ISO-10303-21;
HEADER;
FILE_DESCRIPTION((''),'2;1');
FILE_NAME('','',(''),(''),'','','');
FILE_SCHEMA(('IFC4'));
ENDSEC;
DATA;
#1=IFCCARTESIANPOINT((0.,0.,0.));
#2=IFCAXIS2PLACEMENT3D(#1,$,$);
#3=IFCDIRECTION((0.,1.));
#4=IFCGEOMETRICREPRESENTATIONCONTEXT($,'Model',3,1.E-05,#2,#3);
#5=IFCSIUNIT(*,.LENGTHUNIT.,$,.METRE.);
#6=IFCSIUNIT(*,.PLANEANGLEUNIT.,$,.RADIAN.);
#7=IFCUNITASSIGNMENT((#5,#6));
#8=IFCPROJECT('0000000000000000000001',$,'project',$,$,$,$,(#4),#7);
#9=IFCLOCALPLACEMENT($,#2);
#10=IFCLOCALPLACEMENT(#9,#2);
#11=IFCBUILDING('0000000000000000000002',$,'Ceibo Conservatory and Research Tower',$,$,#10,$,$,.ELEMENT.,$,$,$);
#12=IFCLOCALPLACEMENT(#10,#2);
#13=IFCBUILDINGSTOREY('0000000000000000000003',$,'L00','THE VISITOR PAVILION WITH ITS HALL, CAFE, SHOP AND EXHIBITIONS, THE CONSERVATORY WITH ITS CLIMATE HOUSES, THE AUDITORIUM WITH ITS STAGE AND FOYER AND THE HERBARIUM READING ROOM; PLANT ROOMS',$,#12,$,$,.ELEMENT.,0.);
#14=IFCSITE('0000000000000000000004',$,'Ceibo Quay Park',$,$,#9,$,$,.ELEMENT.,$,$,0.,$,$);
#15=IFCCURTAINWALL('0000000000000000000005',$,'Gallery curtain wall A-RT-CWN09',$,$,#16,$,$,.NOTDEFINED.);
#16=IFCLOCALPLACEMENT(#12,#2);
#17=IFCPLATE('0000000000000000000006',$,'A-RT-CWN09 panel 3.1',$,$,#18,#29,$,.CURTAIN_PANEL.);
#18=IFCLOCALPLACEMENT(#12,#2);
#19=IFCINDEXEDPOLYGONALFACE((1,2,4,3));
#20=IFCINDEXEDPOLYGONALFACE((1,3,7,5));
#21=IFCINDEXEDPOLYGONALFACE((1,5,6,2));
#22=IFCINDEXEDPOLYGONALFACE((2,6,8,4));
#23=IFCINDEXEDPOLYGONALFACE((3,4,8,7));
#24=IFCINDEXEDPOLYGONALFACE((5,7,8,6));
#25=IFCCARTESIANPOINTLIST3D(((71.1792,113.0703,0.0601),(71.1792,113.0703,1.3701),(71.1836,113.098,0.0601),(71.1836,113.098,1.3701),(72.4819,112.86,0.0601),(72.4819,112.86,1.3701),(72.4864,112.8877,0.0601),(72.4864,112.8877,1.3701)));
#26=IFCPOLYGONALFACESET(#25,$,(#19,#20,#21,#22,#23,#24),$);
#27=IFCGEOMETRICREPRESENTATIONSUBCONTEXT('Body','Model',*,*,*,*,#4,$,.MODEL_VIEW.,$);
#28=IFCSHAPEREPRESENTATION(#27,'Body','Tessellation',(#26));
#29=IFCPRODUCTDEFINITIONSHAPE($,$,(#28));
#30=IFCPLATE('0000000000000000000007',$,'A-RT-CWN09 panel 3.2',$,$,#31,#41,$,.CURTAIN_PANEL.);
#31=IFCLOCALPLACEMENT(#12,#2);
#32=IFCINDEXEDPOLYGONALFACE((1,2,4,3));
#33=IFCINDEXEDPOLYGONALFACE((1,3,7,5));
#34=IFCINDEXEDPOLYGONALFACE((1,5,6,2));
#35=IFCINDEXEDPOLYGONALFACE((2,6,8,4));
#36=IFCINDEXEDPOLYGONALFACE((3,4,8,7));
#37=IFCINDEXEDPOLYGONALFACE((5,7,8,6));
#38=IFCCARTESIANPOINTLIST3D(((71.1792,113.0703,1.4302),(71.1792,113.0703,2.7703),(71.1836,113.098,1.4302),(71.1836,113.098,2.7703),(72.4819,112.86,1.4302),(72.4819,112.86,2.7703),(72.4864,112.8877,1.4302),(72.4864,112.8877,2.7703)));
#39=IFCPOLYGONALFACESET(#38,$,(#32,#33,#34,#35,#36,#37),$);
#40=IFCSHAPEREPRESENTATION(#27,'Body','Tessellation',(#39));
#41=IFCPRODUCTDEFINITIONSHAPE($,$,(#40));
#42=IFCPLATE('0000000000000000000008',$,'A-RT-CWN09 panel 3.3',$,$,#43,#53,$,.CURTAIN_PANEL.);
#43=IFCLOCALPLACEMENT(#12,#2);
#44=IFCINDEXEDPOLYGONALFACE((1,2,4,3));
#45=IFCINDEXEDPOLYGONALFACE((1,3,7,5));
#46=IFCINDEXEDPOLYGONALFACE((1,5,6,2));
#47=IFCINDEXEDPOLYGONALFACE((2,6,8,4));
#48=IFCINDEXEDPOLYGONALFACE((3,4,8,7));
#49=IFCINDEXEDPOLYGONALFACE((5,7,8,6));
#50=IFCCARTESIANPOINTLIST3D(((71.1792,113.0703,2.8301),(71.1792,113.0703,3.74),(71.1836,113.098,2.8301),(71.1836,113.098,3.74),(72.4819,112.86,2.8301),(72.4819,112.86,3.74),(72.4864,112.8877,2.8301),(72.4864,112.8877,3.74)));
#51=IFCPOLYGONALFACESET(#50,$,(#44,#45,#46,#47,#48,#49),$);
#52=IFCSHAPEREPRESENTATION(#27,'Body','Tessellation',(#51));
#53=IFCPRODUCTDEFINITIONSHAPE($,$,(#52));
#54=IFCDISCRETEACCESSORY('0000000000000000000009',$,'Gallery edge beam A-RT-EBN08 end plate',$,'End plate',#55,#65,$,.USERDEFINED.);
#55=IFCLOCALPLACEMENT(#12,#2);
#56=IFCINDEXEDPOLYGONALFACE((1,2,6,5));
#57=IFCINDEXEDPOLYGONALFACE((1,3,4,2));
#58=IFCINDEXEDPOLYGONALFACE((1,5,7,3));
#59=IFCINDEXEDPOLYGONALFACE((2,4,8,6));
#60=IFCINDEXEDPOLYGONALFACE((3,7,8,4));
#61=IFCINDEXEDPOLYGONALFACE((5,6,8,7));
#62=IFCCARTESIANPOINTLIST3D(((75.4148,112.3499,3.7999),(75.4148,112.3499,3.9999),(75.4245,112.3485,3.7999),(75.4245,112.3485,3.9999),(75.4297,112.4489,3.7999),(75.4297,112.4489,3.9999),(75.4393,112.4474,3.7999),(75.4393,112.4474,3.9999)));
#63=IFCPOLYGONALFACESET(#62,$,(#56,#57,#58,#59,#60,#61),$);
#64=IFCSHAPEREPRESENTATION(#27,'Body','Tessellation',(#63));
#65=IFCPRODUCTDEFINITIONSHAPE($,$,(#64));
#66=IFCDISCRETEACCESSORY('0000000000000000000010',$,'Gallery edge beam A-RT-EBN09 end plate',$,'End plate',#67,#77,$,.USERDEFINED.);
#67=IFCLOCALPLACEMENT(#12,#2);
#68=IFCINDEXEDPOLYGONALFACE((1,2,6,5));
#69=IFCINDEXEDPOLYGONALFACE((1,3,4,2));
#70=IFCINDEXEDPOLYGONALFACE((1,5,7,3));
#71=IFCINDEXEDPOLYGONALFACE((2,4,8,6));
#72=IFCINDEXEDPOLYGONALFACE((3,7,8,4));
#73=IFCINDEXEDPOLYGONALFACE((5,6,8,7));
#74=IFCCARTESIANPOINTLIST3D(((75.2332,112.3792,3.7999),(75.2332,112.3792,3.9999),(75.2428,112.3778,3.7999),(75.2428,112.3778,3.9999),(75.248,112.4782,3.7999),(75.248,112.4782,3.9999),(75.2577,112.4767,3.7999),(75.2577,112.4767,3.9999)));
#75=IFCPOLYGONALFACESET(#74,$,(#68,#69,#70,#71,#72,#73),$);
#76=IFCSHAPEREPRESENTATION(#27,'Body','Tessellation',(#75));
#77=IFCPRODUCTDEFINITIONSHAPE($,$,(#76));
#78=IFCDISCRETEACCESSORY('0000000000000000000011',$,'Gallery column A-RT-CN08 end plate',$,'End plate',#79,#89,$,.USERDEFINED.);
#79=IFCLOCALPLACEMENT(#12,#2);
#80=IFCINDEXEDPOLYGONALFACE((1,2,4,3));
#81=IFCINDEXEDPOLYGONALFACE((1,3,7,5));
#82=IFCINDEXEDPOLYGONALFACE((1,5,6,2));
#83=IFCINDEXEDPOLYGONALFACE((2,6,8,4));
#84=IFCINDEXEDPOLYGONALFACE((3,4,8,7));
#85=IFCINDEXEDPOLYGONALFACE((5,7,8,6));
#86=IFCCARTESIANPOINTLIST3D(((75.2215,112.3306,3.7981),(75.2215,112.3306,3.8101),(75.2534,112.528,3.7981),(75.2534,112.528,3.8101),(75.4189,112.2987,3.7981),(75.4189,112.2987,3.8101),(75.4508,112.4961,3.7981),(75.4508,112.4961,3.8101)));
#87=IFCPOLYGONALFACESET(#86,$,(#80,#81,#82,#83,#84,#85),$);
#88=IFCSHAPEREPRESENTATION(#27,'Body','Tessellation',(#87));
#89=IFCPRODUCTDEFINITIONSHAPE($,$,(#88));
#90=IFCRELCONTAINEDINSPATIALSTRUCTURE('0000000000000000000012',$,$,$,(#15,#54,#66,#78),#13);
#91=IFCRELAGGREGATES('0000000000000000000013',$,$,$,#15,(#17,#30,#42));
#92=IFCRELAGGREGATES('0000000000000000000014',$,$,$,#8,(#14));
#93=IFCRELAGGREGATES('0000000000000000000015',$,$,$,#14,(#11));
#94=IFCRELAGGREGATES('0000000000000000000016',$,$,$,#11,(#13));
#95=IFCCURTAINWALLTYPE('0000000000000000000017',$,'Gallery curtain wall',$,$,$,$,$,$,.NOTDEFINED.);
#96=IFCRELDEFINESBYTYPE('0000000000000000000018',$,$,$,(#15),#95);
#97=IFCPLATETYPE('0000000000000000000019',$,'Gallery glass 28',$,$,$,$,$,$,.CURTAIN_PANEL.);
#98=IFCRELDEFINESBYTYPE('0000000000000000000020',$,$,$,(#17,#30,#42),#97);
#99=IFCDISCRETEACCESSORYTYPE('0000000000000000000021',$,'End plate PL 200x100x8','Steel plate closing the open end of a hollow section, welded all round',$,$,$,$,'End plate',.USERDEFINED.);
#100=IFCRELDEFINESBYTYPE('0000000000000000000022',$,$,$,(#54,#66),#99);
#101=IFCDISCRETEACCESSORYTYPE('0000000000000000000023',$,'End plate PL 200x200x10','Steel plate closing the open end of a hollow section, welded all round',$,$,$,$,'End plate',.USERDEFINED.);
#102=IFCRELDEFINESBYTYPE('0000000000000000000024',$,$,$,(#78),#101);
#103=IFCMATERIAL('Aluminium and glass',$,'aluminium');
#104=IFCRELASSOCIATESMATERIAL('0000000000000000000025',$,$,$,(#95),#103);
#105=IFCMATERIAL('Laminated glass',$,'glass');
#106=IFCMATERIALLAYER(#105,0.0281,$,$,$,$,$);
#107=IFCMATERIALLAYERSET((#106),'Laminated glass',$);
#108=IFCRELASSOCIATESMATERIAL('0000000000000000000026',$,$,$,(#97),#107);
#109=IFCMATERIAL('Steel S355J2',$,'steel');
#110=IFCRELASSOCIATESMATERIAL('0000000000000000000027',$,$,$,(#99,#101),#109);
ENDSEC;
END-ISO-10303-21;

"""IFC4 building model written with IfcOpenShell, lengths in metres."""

from ifc_helpers import new_model, si_unit, direction, frame, origin, origin_2d, place, context, subcontext, project, spatial, rectangle, extrude, material, layer, layer_set, material_profile, profile_set, type_object, element, aggregate, save


model = new_model("IFC4")

# Units and contexts
model_context = context("Model", 3, precision=1e-05, world=origin(), true_north=direction((0.0, 1.0)))
body_context = subcontext(model_context, "Body", "Model", "MODEL_VIEW")
ifc_project = project(units=[si_unit("LENGTHUNIT", "METRE"), si_unit("PLANEANGLEUNIT", "RADIAN")], contexts=[model_context])

# Site, building, storey
site_placement = place(None, origin())
site = spatial("IfcSite", under=ifc_project, at=site_placement, Name="Ceibo Quay Park", CompositionType="ELEMENT", RefElevation=0.0)
building_placement = place(site_placement, origin())
building = spatial("IfcBuilding", under=site, at=building_placement, Name="Ceibo Conservatory and Research Tower", CompositionType="ELEMENT")
storey_placement = place(building_placement, origin())
storey = spatial("IfcBuildingStorey", under=building, at=storey_placement, Name="L00", Description="THE VISITOR PAVILION WITH ITS HALL, CAFE, SHOP AND EXHIBITIONS, THE CONSERVATORY WITH ITS CLIMATE HOUSES, THE AUDITORIUM WITH ITS STAGE AND FOYER AND THE HERBARIUM READING ROOM; PLANT ROOMS", CompositionType="ELEMENT", Elevation=0.0)

# Shared definitions
ifc_material_1 = material(Name="Aluminium and glass", Category="aluminium")
curtain_wall_type = type_object("IfcCurtainWallType", Name="Gallery curtain wall", PredefinedType="NOTDEFINED", material=ifc_material_1)

# Curtain wall
curtain_wall_1_placement = place(storey_placement, origin())
curtain_wall_1 = element("IfcCurtainWall", 1, at=curtain_wall_1_placement, inside=storey, type_object=curtain_wall_type, Name="Gallery curtain wall A-RT-CWN09", PredefinedType="NOTDEFINED")

# Shared definitions
ifc_material_2 = material(Name="Steel S355J2", Category="steel")

# Plates
ifc_material_3 = material(Name="Laminated glass", Category="glass")
ifc_layer = layer(ifc_material_3, 0.0281)
ifc_layer_set = layer_set([ifc_layer], Name="Laminated glass")
plate_type = type_object("IfcPlateType", Name="Gallery glass 28", PredefinedType="CURTAIN_PANEL", material=ifc_layer_set)
plate_1_placement = place(storey_placement, frame((71.8328, 112.979, 0.0601), z_axis=(0.0, 0.0, 1.0), x_axis=(-0.987216, 0.159391, 0.0)))
plate_1 = element("IfcPlate", 2, at=plate_1_placement, type_object=plate_type, Name="A-RT-CWN09 panel 3.1", PredefinedType="CURTAIN_PANEL", context=body_context, shape_type="SweptSolid", body=[
    extrude(rectangle(XDim=1.3196, YDim=0.0281, at=origin_2d()), origin(), (0.0, 0.0, 1.0), 1.3101),
])
plate_2_placement = place(storey_placement, frame((71.8328, 112.979, 1.4302), z_axis=(0.0, 0.0, 1.0), x_axis=(-0.987216, 0.159391, 0.0)))
plate_2 = element("IfcPlate", 3, at=plate_2_placement, type_object=plate_type, Name="A-RT-CWN09 panel 3.2", PredefinedType="CURTAIN_PANEL", context=body_context, shape_type="SweptSolid", body=[
    extrude(rectangle(XDim=1.3196, YDim=0.0281, at=origin_2d()), origin(), (0.0, 0.0, 1.0), 1.3401),
])
plate_3_placement = place(storey_placement, frame((71.8328, 112.979, 2.8301), z_axis=(0.0, 0.0, 1.0), x_axis=(-0.987216, 0.159391, 0.0)))
plate_3 = element("IfcPlate", 4, at=plate_3_placement, type_object=plate_type, Name="A-RT-CWN09 panel 3.3", PredefinedType="CURTAIN_PANEL", context=body_context, shape_type="SweptSolid", body=[
    extrude(rectangle(XDim=1.3196, YDim=0.0281, at=origin_2d()), origin(), (0.0, 0.0, 1.0), 0.9099),
])
aggregate(curtain_wall_1, [plate_1, plate_2, plate_3])

# Discrete accessories
ifc_material_profile_1 = material_profile(ifc_material_2, rectangle(XDim=0.1001, YDim=0.2, at=origin_2d()), Name="End plate PL 200x100x8")
ifc_profile_set_1 = profile_set([ifc_material_profile_1], Name="Steel S355J2")
discrete_accessory_type_1 = type_object("IfcDiscreteAccessoryType", Name="End plate PL 200x100x8", Description="Steel plate closing the open end of a hollow section, welded all round", ElementType="End plate", PredefinedType="USERDEFINED", material=ifc_profile_set_1)
for number, where, z_axis, x_axis, name in (
    (5, (75.4319, 112.3979, 3.8999), (-0.988936, 0.14834, 0.0), (-0.14834, -0.988936, 0.0), "Gallery edge beam A-RT-EBN08 end plate"),
    (6, (75.2502, 112.4272, 3.8999), (-0.988936, 0.14834, 0.0), (-0.14834, -0.988936, 0.0), "Gallery edge beam A-RT-EBN09 end plate"),
):
    element("IfcDiscreteAccessory", number, at=place(storey_placement, frame(where, z_axis=z_axis, x_axis=x_axis)), inside=storey, type_object=discrete_accessory_type_1, Name=name, ObjectType="End plate", PredefinedType="USERDEFINED", context=body_context, shape_type="SweptSolid", body=[
        extrude(rectangle(XDim=0.1001, YDim=0.2, at=origin_2d()), origin(), (0.0, 0.0, 1.0), 0.0098),
    ])
ifc_material_profile_2 = material_profile(ifc_material_2, rectangle(XDim=0.2, YDim=0.2, at=origin_2d()), Name="End plate PL 200x200x10")
ifc_profile_set_2 = profile_set([ifc_material_profile_2], Name="Steel S355J2")
discrete_accessory_type_2 = type_object("IfcDiscreteAccessoryType", Name="End plate PL 200x200x10", Description="Steel plate closing the open end of a hollow section, welded all round", ElementType="End plate", PredefinedType="USERDEFINED", material=ifc_profile_set_2)
discrete_accessory_placement = place(storey_placement, frame((75.3362, 112.4133, 3.7981), z_axis=(0.0, 0.0, 1.0), x_axis=(-0.987216, 0.159391, 0.0)))
element("IfcDiscreteAccessory", 7, at=discrete_accessory_placement, inside=storey, type_object=discrete_accessory_type_2, Name="Gallery column A-RT-CN08 end plate", ObjectType="End plate", PredefinedType="USERDEFINED", context=body_context, shape_type="SweptSolid", body=[
    extrude(rectangle(XDim=0.2, YDim=0.2, at=origin_2d()), origin(), (0.0, 0.0, 1.0), 0.012),
])

save(model, "model.ifc")
